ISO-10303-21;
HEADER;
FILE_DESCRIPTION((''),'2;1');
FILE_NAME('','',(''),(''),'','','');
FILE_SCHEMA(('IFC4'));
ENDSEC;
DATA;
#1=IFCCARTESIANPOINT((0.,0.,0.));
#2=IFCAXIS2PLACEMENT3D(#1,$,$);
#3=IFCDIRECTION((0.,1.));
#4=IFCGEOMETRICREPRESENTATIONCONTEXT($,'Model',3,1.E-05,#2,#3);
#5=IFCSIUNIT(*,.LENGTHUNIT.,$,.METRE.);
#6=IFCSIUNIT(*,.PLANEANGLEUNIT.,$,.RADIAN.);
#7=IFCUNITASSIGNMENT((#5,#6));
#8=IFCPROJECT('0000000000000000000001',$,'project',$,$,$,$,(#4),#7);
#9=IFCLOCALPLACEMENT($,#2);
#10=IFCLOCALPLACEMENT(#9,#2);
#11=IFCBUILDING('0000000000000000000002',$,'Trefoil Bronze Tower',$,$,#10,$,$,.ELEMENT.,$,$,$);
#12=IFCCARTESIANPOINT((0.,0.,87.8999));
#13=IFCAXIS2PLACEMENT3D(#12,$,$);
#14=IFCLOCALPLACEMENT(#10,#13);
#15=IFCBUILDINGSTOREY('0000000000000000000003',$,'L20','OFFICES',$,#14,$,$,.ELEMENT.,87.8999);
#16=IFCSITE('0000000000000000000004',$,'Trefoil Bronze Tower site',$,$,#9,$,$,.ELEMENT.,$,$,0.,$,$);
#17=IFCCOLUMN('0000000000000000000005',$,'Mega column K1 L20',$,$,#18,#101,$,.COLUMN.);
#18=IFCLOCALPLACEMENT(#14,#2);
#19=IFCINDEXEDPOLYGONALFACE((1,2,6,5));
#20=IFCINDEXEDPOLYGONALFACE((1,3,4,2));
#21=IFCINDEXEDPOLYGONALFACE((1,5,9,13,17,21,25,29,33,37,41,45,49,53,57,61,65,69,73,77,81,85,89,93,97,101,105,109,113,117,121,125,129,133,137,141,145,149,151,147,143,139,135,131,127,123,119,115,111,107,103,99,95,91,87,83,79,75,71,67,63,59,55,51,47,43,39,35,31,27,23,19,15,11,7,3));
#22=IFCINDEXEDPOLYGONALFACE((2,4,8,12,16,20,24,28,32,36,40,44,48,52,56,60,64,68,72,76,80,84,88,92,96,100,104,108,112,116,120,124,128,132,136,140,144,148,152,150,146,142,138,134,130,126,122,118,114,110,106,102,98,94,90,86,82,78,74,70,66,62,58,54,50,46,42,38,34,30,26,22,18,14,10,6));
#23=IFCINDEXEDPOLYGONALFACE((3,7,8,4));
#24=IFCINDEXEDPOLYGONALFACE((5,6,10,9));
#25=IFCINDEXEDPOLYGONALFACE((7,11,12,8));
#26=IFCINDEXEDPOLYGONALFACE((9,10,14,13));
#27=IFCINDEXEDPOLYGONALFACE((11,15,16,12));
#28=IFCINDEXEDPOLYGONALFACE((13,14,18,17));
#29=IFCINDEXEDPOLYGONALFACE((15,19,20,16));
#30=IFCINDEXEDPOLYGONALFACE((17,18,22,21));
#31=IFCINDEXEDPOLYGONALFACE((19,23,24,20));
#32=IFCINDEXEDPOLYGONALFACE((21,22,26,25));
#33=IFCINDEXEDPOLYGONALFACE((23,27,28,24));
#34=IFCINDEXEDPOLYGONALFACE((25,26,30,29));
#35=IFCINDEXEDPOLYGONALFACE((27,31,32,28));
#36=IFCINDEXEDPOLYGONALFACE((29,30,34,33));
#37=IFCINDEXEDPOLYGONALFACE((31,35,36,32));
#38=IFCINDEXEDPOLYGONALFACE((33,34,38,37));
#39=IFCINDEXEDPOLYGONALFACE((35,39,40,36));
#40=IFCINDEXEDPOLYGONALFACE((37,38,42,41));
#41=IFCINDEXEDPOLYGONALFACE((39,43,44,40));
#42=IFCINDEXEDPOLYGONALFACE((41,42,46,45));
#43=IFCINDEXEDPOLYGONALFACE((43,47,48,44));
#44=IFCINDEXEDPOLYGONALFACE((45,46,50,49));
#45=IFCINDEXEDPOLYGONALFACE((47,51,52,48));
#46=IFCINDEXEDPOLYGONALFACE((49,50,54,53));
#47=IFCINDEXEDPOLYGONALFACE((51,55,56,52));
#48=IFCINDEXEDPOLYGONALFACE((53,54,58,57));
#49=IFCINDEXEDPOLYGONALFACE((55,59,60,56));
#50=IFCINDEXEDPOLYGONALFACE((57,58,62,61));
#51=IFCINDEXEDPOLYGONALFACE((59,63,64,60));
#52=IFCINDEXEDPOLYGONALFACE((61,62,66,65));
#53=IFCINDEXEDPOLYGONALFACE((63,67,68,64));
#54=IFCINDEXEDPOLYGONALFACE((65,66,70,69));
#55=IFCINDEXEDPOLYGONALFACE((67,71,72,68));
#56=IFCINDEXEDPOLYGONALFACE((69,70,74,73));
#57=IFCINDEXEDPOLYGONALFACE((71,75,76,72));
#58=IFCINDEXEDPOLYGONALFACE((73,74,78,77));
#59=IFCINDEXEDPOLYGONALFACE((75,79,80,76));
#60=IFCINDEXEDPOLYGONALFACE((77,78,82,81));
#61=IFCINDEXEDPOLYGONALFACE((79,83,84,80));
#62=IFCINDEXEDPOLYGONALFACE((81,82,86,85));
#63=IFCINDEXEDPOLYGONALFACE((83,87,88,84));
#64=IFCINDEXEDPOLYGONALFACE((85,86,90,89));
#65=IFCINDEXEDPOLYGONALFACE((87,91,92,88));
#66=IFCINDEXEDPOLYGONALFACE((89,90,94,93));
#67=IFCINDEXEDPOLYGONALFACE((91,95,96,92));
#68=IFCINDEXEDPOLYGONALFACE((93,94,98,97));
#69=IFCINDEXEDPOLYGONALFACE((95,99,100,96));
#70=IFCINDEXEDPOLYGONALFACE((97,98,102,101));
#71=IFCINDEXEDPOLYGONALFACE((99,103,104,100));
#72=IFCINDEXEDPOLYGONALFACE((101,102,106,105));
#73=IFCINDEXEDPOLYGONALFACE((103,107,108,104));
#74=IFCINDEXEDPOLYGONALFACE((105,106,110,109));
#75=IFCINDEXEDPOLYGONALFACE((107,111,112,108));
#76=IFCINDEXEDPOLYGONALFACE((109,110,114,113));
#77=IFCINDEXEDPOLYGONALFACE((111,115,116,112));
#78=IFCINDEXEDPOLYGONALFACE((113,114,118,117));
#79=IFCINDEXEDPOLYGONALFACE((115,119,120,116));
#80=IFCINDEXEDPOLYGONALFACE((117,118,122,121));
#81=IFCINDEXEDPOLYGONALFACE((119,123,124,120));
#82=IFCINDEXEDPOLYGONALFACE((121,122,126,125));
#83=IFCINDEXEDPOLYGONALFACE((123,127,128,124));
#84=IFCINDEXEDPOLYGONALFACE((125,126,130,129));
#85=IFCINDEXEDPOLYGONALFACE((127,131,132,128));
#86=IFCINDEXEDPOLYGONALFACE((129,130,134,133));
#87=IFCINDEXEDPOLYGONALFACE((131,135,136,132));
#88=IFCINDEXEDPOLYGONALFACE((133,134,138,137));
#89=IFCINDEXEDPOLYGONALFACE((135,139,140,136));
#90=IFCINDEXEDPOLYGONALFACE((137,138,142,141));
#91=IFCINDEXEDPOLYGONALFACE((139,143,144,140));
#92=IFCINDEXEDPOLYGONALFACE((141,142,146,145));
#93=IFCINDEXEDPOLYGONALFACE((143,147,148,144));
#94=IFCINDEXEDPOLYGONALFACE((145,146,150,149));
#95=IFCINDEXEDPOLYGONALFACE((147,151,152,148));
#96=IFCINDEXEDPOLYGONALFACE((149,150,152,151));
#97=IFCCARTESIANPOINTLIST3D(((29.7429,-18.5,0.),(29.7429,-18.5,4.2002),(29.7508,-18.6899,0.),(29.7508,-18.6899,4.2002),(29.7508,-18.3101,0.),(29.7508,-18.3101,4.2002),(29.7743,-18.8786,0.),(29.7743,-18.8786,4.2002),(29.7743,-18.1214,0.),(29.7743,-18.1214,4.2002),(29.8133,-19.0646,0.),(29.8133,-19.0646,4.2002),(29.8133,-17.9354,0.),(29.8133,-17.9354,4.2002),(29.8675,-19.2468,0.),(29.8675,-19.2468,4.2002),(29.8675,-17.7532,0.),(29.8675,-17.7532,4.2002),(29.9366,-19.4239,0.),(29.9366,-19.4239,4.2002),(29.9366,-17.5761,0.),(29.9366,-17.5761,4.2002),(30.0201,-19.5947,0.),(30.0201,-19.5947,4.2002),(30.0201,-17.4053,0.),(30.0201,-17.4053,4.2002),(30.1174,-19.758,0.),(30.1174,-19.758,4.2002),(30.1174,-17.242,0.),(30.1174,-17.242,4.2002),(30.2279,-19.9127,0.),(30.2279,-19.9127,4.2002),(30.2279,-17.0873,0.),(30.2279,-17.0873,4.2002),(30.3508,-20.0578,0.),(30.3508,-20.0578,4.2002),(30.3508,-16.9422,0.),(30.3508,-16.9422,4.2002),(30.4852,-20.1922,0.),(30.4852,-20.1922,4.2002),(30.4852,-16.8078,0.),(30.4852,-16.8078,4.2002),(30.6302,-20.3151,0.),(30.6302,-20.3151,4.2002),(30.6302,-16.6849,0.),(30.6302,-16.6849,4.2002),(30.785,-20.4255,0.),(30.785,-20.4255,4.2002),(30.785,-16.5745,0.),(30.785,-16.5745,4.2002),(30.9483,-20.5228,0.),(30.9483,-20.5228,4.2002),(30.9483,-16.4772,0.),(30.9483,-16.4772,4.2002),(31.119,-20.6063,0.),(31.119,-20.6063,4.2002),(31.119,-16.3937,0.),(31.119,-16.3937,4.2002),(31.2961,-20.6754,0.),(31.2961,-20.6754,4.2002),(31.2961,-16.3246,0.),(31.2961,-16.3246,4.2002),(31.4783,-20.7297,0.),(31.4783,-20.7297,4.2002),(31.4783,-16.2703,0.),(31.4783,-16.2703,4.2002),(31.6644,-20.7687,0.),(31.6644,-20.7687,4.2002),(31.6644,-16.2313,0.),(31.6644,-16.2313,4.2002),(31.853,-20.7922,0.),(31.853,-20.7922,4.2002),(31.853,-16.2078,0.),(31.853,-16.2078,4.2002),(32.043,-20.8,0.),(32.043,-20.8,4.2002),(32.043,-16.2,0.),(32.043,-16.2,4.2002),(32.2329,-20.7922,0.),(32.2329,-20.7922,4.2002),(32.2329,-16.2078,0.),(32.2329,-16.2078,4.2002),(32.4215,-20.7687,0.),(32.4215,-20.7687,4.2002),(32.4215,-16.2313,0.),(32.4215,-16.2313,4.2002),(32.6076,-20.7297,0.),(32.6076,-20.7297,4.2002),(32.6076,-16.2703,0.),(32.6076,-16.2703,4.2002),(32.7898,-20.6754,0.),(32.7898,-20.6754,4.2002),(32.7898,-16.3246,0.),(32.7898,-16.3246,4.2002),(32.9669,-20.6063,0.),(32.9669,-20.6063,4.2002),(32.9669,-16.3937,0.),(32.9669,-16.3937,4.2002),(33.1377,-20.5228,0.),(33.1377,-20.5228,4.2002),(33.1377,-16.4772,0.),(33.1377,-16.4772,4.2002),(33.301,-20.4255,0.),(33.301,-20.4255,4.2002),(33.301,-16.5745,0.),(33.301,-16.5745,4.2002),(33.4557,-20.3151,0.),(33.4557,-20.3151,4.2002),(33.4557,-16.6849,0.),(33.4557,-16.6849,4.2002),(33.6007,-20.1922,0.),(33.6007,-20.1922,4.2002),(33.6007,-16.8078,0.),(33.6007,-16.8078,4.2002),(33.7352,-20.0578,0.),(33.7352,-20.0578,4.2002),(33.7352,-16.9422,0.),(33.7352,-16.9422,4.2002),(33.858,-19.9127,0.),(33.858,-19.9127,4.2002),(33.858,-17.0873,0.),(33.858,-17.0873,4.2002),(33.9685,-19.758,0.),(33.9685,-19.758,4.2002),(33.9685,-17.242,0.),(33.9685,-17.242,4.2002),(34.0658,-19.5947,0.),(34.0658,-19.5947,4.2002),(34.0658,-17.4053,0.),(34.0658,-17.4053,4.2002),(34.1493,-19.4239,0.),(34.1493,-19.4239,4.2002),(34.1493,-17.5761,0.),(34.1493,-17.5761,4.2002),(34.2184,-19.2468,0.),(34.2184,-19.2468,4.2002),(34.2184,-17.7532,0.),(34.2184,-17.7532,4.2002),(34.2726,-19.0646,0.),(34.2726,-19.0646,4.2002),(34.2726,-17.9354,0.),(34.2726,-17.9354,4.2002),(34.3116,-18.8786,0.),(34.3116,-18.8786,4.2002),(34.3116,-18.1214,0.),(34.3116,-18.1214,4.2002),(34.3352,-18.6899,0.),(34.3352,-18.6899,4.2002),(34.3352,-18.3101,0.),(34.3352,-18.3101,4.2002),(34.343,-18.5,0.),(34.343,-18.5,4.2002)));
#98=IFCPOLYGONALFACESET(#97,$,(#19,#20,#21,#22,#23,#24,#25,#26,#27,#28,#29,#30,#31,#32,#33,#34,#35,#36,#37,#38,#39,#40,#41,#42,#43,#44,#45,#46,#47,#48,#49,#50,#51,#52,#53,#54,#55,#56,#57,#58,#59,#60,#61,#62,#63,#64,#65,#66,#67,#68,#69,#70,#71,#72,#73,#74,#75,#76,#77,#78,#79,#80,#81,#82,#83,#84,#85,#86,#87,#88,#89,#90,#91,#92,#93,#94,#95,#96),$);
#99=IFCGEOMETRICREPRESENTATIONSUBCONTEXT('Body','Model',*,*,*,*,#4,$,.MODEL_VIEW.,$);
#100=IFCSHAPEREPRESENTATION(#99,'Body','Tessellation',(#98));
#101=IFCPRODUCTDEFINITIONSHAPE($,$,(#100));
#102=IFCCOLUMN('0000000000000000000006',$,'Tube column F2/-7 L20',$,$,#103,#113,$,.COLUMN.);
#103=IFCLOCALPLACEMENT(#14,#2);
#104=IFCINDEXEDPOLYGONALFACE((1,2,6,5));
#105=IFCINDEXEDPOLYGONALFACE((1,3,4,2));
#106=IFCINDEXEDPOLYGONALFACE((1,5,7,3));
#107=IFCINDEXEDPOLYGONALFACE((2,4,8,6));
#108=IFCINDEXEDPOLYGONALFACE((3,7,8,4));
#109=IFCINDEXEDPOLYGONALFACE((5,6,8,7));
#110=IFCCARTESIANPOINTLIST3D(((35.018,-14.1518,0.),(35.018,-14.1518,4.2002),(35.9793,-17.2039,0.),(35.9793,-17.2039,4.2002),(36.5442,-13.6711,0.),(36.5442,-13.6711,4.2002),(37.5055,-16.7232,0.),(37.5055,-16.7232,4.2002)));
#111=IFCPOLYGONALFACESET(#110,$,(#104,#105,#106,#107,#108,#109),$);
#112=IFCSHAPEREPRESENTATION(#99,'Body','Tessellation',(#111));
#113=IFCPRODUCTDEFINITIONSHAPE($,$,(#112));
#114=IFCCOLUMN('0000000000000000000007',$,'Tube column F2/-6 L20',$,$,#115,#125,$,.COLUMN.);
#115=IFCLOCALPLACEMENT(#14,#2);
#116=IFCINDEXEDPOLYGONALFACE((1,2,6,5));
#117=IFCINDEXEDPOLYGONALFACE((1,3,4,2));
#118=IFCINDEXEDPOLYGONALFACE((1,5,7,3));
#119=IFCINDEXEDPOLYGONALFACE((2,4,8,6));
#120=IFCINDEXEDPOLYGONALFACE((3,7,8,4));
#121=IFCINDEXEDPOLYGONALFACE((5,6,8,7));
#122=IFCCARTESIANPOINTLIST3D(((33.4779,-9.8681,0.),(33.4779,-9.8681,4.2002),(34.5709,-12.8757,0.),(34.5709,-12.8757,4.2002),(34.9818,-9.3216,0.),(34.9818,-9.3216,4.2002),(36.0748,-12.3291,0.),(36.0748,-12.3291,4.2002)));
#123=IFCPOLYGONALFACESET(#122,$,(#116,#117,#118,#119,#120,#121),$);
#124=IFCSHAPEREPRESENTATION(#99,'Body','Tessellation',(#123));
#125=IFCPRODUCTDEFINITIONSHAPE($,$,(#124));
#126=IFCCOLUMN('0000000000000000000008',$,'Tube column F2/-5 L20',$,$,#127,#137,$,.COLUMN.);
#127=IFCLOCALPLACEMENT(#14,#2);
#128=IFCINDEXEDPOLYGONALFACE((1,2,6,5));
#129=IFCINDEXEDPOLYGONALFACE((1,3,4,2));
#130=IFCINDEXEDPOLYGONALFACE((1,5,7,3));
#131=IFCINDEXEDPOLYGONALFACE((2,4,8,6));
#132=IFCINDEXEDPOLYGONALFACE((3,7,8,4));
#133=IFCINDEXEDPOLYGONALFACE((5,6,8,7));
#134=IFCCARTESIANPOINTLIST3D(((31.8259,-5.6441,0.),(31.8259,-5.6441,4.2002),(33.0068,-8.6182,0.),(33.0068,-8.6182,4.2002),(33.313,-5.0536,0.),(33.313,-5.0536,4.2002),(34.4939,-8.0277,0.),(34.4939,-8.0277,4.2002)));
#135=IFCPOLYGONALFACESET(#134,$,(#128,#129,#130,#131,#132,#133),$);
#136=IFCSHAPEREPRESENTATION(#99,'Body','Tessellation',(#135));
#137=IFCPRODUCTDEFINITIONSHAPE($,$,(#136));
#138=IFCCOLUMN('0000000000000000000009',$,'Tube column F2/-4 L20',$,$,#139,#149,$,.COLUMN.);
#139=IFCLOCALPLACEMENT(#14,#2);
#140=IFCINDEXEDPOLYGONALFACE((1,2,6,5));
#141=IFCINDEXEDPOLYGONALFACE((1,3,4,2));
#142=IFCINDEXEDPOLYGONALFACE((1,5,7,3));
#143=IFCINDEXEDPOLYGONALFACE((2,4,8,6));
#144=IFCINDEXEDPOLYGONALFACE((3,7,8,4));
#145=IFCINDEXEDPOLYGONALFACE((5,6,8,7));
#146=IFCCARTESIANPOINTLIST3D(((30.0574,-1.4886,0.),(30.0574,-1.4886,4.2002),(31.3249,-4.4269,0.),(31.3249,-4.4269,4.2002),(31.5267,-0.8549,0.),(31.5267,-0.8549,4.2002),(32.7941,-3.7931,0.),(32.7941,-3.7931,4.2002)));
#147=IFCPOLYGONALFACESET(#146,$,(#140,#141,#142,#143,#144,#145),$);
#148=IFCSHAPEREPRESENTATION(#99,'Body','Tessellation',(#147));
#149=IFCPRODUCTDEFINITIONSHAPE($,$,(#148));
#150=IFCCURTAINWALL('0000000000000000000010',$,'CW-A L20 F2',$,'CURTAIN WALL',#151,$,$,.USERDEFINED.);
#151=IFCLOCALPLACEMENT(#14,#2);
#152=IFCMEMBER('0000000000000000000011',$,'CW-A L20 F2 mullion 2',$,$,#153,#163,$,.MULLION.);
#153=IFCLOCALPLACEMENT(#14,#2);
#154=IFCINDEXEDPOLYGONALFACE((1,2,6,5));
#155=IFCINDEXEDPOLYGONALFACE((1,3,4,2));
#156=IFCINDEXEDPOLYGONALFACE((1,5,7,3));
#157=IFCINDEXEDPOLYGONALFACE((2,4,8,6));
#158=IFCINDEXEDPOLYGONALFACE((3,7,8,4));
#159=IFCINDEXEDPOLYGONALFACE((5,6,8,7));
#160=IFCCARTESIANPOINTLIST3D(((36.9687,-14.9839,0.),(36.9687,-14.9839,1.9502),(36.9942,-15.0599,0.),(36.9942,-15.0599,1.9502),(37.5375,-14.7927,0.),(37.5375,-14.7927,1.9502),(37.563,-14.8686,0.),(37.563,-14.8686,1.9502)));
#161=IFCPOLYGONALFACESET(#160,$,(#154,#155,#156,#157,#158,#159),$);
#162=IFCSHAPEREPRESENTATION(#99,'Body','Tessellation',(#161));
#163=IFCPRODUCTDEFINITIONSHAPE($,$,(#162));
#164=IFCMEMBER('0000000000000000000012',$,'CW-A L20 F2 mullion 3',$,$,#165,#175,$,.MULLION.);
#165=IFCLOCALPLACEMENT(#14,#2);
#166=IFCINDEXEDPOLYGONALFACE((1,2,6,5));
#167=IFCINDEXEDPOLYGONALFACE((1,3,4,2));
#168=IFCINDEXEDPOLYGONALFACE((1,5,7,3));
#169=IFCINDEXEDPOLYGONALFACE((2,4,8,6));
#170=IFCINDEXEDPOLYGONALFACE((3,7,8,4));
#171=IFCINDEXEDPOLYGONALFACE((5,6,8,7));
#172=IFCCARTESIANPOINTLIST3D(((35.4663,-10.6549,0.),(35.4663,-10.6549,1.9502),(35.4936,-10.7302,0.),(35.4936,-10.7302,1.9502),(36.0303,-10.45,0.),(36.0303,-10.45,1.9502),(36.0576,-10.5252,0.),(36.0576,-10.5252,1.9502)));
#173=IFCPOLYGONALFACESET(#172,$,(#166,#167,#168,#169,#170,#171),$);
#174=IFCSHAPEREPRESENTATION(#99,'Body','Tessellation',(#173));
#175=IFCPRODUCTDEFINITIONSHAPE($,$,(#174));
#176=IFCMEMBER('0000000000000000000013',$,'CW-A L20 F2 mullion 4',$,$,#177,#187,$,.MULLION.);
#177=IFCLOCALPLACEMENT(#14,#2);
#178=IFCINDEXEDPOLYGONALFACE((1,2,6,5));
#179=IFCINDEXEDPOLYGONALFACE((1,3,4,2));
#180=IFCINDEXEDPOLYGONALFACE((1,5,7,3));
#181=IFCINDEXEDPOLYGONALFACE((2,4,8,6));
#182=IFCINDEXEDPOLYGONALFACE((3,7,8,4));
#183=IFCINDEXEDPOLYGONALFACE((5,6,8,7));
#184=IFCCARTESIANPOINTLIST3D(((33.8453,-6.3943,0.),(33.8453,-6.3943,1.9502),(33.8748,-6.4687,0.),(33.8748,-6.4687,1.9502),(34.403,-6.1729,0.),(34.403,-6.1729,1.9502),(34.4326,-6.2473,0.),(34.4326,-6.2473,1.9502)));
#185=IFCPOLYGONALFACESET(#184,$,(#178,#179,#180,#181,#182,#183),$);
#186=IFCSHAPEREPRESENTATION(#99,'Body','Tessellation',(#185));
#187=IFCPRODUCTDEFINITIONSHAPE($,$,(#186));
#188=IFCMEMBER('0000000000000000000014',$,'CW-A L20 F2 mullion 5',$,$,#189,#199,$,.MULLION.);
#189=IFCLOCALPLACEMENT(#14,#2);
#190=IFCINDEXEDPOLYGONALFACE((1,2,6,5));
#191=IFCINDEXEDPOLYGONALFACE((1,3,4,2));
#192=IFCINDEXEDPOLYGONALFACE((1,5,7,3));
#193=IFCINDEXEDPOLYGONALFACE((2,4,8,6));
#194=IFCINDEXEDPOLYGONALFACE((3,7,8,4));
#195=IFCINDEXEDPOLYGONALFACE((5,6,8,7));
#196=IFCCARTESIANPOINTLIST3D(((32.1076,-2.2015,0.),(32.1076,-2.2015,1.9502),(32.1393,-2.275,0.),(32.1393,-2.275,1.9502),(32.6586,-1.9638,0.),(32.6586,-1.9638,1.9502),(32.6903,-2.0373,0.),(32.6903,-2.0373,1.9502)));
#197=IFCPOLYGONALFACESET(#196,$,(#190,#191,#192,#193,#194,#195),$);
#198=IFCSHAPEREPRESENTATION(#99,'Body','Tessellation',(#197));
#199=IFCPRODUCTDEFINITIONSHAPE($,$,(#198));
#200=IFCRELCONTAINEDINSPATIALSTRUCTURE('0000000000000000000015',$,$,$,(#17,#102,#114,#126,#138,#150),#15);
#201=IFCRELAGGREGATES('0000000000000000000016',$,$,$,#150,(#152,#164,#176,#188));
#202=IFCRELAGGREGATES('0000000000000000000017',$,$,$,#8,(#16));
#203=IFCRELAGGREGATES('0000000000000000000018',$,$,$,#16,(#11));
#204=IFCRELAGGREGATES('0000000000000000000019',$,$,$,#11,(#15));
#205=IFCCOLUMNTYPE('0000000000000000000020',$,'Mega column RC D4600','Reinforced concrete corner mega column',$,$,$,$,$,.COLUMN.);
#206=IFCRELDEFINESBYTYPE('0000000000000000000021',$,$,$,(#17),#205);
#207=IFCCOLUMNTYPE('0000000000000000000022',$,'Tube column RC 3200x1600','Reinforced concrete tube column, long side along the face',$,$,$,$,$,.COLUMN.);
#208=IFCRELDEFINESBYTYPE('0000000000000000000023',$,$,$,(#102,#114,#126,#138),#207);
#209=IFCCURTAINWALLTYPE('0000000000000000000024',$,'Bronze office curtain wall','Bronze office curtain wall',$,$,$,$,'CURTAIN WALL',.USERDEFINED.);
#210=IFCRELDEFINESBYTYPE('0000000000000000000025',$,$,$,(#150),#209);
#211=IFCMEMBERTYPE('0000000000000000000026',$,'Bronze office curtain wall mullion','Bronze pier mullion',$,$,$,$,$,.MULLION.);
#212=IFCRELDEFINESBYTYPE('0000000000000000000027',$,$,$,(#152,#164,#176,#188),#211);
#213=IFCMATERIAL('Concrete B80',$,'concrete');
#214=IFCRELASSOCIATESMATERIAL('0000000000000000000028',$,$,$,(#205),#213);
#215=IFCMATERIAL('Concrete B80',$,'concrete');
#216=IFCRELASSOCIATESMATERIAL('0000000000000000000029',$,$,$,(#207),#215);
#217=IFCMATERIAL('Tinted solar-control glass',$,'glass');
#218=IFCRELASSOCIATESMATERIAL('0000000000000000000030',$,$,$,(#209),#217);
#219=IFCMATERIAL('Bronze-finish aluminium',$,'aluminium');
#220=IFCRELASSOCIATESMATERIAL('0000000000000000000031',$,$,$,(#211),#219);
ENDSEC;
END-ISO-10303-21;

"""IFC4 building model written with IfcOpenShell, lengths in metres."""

from ifc_helpers import new_model, si_unit, direction, frame, origin, origin_2d, place, context, subcontext, project, spatial, rectangle, circle, extrude, material, material_profile, profile_set, type_object, element, aggregate, save


model = new_model("IFC4")

# Units and contexts
model_context = context("Model", 3, precision=1e-05, world=origin(), true_north=direction((0.0, 1.0)))
body_context = subcontext(model_context, "Body", "Model", "MODEL_VIEW")
ifc_project = project(units=[si_unit("LENGTHUNIT", "METRE"), si_unit("PLANEANGLEUNIT", "RADIAN")], contexts=[model_context])

# Site, building, storey
site_placement = place(None, origin())
site = spatial("IfcSite", under=ifc_project, at=site_placement, Name="Trefoil Bronze Tower site", CompositionType="ELEMENT", RefElevation=0.0)
building_placement = place(site_placement, origin())
building = spatial("IfcBuilding", under=site, at=building_placement, Name="Trefoil Bronze Tower", CompositionType="ELEMENT")
storey_placement = place(building_placement, frame((0.0, 0.0, 87.8999)))
storey = spatial("IfcBuildingStorey", under=building, at=storey_placement, Name="L20", Description="OFFICES", CompositionType="ELEMENT", Elevation=87.8999)

# Columns
ifc_material_1 = material(Name="Concrete B80", Category="concrete")
ifc_material_profile_1 = material_profile(ifc_material_1, circle(Radius=2.3, at=origin_2d()), Name="RC D4600")
ifc_profile_set_1 = profile_set([ifc_material_profile_1], Name="Concrete B80")
column_type_1 = type_object("IfcColumnType", Name="Mega column RC D4600", Description="Reinforced concrete corner mega column", PredefinedType="COLUMN", material=ifc_profile_set_1)
column_placement = place(storey_placement, frame((32.043, -18.5, 0.0), z_axis=(0.0, 0.0, 1.0), x_axis=(1.0, 0.0, 0.0)))
element("IfcColumn", 1, at=column_placement, inside=storey, type_object=column_type_1, Name="Mega column K1 L20", PredefinedType="COLUMN", context=body_context, shape_type="SweptSolid", body=[
    extrude(circle(Radius=2.3, at=origin_2d()), origin(), (0.0, 0.0, 1.0), 4.2002),
])
ifc_material_2 = material(Name="Concrete B80", Category="concrete")
ifc_material_profile_2 = material_profile(ifc_material_2, rectangle(XDim=3.2, YDim=1.6001, at=origin_2d()), Name="RC 3200x1600")
ifc_profile_set_2 = profile_set([ifc_material_profile_2], Name="Concrete B80")
column_type_2 = type_object("IfcColumnType", Name="Tube column RC 3200x1600", Description="Reinforced concrete tube column, long side along the face", PredefinedType="COLUMN", material=ifc_profile_set_2)
for number, where, z_axis, x_axis, name in (
    (2, (36.2617, -15.4375, 0.0), (0.0, 0.0, 1.0), (-0.300414, 0.953809, 0.0), "Tube column F2/-7 L20"),
    (3, (34.7764, -11.0986, 0.0), (0.0, 0.0, 1.0), (-0.341559, 0.93986, 0.0), "Tube column F2/-6 L20"),
    (4, (33.1599, -6.8359, 0.0), (0.0, 0.0, 1.0), (-0.36904, 0.929414, 0.0), "Tube column F2/-5 L20"),
    (5, (31.4258, -2.6409, 0.0), (0.0, 0.0, 1.0), (-0.396085, 0.918214, 0.0), "Tube column F2/-4 L20"),
):
    element("IfcColumn", number, at=place(storey_placement, frame(where, z_axis=z_axis, x_axis=x_axis)), inside=storey, type_object=column_type_2, Name=name, PredefinedType="COLUMN", context=body_context, shape_type="SweptSolid", body=[
        extrude(rectangle(XDim=3.2, YDim=1.6001, at=origin_2d()), origin(), (0.0, 0.0, 1.0), 4.2002),
    ])

# Curtain wall, members
ifc_material_3 = material(Name="Tinted solar-control glass", Category="glass")
curtain_wall_type_1 = type_object("IfcCurtainWallType", Name="Bronze office curtain wall", Description="Bronze office curtain wall", ElementType="CURTAIN WALL", PredefinedType="USERDEFINED", material=ifc_material_3)
curtain_wall_1_placement = place(storey_placement, origin())
curtain_wall_1 = element("IfcCurtainWall", 6, at=curtain_wall_1_placement, inside=storey, type_object=curtain_wall_type_1, Name="CW-A L20 F2", ObjectType="CURTAIN WALL", PredefinedType="USERDEFINED")
ifc_material_4 = material(Name="Bronze-finish aluminium", Category="aluminium")
ifc_material_profile_3 = material_profile(ifc_material_4, rectangle(XDim=0.6001, YDim=0.0801, at=origin_2d()), Name="CW-A mullion")
ifc_profile_set_3 = profile_set([ifc_material_profile_3], Name="Bronze-finish aluminium")
member_type_1 = type_object("IfcMemberType", Name="Bronze office curtain wall mullion", Description="Bronze pier mullion", PredefinedType="MULLION", material=ifc_profile_set_3)
member_1_placement = place(storey_placement, frame((37.2659, -14.9263, 0.0), z_axis=(0.0, 0.0, 1.0), x_axis=(-0.947851, -0.318715, 0.0)))
member_1 = element("IfcMember", 7, at=member_1_placement, type_object=member_type_1, Name="CW-A L20 F2 mullion 2", PredefinedType="MULLION", context=body_context, shape_type="SweptSolid", body=[
    extrude(rectangle(XDim=0.6001, YDim=0.0801, at=origin_2d()), origin(), (0.0, 0.0, 1.0), 1.9502),
])
member_2_placement = place(storey_placement, frame((35.762, -10.5901, 0.0), z_axis=(0.0, 0.0, 1.0), x_axis=(-0.93986, -0.341559, 0.0)))
member_2 = element("IfcMember", 8, at=member_2_placement, type_object=member_type_1, Name="CW-A L20 F2 mullion 3", PredefinedType="MULLION", context=body_context, shape_type="SweptSolid", body=[
    extrude(rectangle(XDim=0.6001, YDim=0.0801, at=origin_2d()), origin(), (0.0, 0.0, 1.0), 1.9502),
])
member_3_placement = place(storey_placement, frame((34.1389, -6.3208, 0.0), z_axis=(0.0, 0.0, 1.0), x_axis=(-0.929414, -0.36904, 0.0)))
member_3 = element("IfcMember", 9, at=member_3_placement, type_object=member_type_1, Name="CW-A L20 F2 mullion 4", PredefinedType="MULLION", context=body_context, shape_type="SweptSolid", body=[
    extrude(rectangle(XDim=0.6001, YDim=0.0801, at=origin_2d()), origin(), (0.0, 0.0, 1.0), 1.9502),
])
member_4_placement = place(storey_placement, frame((32.3989, -2.1194, 0.0), z_axis=(0.0, 0.0, 1.0), x_axis=(-0.918214, -0.396085, 0.0)))
member_4 = element("IfcMember", 10, at=member_4_placement, type_object=member_type_1, Name="CW-A L20 F2 mullion 5", PredefinedType="MULLION", context=body_context, shape_type="SweptSolid", body=[
    extrude(rectangle(XDim=0.6001, YDim=0.0801, at=origin_2d()), origin(), (0.0, 0.0, 1.0), 1.9502),
])

aggregate(curtain_wall_1, [member_1, member_2, member_3, member_4])

save(model, "model.ifc")
